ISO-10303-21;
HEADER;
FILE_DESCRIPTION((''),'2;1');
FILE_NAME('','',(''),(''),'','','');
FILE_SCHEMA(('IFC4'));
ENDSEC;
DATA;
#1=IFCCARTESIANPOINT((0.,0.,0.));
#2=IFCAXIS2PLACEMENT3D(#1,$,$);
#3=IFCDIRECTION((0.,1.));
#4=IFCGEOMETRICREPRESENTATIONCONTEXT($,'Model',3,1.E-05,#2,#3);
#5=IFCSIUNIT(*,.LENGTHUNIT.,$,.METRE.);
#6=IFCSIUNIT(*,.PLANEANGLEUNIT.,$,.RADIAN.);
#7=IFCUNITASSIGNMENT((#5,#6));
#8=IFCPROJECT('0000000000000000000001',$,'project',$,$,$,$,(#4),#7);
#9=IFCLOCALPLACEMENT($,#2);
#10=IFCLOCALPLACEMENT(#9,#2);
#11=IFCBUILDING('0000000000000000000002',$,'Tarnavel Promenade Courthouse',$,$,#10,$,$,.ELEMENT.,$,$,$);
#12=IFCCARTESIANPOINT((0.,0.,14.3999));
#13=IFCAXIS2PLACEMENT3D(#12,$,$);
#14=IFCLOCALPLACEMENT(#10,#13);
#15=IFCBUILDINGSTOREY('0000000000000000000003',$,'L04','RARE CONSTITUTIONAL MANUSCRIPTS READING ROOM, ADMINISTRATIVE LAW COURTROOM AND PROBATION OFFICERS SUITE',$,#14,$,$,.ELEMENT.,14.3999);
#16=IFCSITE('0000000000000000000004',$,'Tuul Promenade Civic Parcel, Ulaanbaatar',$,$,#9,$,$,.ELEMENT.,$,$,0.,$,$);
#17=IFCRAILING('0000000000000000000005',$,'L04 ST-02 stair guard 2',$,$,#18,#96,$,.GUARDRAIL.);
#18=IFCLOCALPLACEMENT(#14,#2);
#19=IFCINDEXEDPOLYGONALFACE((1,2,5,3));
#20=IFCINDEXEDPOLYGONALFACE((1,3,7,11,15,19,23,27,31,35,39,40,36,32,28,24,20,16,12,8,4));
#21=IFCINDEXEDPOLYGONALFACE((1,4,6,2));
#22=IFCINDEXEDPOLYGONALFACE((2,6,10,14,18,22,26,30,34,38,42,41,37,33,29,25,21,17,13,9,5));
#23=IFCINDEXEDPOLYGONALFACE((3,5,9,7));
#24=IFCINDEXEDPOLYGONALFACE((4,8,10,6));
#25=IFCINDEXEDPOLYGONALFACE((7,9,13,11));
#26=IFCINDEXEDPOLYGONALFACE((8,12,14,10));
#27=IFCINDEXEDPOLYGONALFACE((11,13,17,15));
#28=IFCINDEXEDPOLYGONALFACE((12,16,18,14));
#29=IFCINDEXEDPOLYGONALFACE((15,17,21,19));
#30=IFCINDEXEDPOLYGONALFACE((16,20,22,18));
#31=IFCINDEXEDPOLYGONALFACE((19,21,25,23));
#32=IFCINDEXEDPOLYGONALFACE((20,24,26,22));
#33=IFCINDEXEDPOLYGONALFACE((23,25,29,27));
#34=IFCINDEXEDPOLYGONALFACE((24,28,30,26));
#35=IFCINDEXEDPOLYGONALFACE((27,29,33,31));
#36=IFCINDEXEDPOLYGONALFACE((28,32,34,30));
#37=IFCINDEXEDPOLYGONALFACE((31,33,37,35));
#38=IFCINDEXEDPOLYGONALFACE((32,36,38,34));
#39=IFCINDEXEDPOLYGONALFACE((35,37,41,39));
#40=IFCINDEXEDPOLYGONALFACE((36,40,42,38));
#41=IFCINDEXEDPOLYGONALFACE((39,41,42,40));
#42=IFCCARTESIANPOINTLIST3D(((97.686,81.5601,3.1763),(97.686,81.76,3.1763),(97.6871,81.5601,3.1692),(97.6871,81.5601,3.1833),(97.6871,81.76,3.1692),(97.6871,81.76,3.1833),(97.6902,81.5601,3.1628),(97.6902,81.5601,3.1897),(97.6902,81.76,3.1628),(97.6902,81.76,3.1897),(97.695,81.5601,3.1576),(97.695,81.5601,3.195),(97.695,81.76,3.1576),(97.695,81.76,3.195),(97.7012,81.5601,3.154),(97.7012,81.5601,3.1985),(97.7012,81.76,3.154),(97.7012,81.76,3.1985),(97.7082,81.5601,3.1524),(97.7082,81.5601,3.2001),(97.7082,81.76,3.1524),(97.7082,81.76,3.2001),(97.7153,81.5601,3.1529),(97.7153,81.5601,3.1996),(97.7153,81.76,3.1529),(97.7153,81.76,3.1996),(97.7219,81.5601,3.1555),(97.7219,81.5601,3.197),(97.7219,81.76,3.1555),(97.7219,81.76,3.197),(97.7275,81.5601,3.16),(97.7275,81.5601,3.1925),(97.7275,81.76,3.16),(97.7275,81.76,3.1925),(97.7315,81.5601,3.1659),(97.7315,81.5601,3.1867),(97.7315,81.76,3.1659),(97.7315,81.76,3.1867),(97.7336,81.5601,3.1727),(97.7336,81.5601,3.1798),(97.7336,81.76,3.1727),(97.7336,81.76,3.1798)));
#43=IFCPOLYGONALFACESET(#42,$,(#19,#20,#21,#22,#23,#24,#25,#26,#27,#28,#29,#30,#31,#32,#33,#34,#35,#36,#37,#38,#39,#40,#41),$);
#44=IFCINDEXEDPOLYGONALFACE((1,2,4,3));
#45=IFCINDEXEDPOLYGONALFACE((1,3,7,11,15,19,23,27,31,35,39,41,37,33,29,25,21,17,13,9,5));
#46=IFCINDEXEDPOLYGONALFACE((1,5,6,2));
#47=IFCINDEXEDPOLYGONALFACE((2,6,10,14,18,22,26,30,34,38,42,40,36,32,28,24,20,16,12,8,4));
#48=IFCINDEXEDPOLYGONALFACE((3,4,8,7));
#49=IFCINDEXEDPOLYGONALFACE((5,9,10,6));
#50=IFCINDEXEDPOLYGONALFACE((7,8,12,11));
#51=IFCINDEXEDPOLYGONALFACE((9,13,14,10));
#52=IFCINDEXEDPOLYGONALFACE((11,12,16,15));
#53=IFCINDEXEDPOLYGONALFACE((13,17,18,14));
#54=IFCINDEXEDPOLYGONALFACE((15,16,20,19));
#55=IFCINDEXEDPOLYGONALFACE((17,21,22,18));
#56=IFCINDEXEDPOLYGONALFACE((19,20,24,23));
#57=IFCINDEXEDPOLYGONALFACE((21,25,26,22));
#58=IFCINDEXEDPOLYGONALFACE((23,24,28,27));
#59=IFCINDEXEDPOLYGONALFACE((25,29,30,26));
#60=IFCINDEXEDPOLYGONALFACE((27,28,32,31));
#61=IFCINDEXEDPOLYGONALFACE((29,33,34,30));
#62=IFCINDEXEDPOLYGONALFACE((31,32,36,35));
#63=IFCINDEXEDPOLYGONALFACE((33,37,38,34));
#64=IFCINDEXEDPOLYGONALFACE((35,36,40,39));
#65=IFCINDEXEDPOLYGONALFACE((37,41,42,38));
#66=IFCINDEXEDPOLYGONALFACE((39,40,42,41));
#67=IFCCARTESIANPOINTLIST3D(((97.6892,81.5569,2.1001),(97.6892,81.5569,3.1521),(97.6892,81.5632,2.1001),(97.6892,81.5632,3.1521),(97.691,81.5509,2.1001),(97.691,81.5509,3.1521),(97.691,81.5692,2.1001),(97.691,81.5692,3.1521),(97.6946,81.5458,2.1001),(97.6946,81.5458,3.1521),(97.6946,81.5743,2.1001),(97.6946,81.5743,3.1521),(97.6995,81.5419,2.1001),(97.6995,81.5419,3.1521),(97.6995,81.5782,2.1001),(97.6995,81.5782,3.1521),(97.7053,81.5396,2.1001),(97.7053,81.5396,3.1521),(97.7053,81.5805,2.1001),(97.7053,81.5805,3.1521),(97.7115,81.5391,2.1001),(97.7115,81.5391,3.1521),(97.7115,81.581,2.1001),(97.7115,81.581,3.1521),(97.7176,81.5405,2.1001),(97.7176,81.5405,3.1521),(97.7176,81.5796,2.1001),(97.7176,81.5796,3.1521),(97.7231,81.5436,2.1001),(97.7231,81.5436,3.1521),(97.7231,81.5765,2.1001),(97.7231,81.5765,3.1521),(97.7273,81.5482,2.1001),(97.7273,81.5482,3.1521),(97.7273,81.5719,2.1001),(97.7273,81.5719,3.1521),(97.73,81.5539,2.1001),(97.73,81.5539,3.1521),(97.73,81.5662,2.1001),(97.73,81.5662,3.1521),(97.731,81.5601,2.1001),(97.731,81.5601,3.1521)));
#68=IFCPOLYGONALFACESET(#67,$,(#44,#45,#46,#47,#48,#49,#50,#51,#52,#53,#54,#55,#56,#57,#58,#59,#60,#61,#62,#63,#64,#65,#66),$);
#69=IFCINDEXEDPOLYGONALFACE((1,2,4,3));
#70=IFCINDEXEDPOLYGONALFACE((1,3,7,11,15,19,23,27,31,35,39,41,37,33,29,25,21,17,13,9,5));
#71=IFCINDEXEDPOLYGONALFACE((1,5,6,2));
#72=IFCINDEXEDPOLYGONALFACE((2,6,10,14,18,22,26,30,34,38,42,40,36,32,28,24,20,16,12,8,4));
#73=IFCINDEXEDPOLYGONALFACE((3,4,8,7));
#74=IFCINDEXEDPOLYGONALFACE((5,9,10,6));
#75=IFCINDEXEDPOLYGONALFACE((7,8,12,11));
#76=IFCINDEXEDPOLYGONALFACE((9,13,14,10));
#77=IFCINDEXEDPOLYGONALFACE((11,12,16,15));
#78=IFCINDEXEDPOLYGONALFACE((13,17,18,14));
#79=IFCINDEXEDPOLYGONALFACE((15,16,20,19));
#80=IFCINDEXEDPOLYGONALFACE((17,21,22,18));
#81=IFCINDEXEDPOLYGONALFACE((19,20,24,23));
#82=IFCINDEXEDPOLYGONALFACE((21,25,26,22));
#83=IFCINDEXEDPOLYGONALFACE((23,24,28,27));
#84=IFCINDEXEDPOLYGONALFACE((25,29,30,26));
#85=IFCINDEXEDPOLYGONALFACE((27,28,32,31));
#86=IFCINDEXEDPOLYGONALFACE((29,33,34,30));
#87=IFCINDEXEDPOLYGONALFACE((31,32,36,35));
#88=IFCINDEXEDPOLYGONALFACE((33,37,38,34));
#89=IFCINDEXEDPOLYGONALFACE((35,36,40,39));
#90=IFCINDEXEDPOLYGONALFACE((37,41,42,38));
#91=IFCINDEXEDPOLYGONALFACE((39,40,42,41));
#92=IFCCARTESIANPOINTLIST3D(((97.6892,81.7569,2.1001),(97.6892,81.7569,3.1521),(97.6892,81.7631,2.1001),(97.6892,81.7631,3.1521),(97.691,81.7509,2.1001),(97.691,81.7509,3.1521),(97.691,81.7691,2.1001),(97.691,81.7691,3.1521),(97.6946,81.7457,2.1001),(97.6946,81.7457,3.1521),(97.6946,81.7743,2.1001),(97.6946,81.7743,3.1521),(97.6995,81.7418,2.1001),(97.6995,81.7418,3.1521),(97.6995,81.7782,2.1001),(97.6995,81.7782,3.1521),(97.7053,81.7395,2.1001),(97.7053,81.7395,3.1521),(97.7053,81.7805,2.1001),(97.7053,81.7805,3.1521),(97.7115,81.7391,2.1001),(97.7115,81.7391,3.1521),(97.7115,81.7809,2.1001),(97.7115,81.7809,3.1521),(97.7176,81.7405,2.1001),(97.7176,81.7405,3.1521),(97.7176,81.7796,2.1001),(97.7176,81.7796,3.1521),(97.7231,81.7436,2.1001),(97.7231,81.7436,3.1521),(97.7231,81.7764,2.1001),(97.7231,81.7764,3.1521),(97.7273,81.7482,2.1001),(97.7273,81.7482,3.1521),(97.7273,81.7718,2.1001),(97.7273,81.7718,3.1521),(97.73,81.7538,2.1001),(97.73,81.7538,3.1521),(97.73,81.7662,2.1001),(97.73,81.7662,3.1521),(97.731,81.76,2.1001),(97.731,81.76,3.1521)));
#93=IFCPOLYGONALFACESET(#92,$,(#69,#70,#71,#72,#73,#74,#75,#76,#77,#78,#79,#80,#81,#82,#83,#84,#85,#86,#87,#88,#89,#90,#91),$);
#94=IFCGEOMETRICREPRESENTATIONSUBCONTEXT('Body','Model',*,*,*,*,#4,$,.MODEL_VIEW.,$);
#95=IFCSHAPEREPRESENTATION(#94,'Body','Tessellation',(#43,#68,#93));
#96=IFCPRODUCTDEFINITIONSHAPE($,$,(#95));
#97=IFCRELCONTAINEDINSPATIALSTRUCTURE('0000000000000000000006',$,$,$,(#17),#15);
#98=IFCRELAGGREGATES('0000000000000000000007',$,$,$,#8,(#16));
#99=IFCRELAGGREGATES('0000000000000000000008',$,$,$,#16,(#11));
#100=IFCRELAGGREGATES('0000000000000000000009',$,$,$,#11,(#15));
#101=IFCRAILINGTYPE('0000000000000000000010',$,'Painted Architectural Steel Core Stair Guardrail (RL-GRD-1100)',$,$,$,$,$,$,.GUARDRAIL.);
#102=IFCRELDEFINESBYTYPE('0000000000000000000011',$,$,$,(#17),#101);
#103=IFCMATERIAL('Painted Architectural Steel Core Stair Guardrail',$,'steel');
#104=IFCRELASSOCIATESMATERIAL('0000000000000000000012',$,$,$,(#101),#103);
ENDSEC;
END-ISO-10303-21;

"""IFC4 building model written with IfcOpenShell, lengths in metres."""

from ifc_helpers import new_model, si_unit, direction, frame, origin, origin_2d, place, context, subcontext, project, spatial, circle, extrude, material, type_object, element, save


model = new_model("IFC4")

# Units and contexts
model_context = context("Model", 3, precision=1e-05, world=origin(), true_north=direction((0.0, 1.0)))
body_context = subcontext(model_context, "Body", "Model", "MODEL_VIEW")
ifc_project = project(units=[si_unit("LENGTHUNIT", "METRE"), si_unit("PLANEANGLEUNIT", "RADIAN")], contexts=[model_context])

# Site, building, storey
site_placement = place(None, origin())
site = spatial("IfcSite", under=ifc_project, at=site_placement, Name="Tuul Promenade Civic Parcel, Ulaanbaatar", CompositionType="ELEMENT", RefElevation=0.0)
building_placement = place(site_placement, origin())
building = spatial("IfcBuilding", under=site, at=building_placement, Name="Tarnavel Promenade Courthouse", CompositionType="ELEMENT")
storey_placement = place(building_placement, frame((0.0, 0.0, 14.3999)))
storey = spatial("IfcBuildingStorey", under=building, at=storey_placement, Name="L04", Description="RARE CONSTITUTIONAL MANUSCRIPTS READING ROOM, ADMINISTRATIVE LAW COURTROOM AND PROBATION OFFICERS SUITE", CompositionType="ELEMENT", Elevation=14.3999)

# Railing
ifc_material_1 = material(Name="Painted Architectural Steel Core Stair Guardrail", Category="steel")
railing_type_1 = type_object("IfcRailingType", Name="Painted Architectural Steel Core Stair Guardrail (RL-GRD-1100)", PredefinedType="GUARDRAIL", material=ifc_material_1)
railing_1_placement = place(storey_placement, frame((97.71, 81.5601, 2.1001)))
element("IfcRailing", 1, at=railing_1_placement, inside=storey, type_object=railing_type_1, Name="L04 ST-02 stair guard 2", PredefinedType="GUARDRAIL", context=body_context, shape_type="SweptSolid", body=[
    extrude(circle(Radius=0.0239, at=origin_2d()), frame((0.0, 0.0, 1.0762), z_axis=(0.0, 1.0, 0.0), x_axis=(-1.0, 0.0, 0.0)), (0.0, 0.0, 1.0), 0.2),
    extrude(circle(Radius=0.021, at=origin_2d()), origin(), (0.0, 0.0, 1.0), 1.052),
    extrude(circle(Radius=0.021, at=origin_2d()), frame((0.0, 0.2, 0.0)), (0.0, 0.0, 1.0), 1.052),
])

save(model, "model.ifc")
